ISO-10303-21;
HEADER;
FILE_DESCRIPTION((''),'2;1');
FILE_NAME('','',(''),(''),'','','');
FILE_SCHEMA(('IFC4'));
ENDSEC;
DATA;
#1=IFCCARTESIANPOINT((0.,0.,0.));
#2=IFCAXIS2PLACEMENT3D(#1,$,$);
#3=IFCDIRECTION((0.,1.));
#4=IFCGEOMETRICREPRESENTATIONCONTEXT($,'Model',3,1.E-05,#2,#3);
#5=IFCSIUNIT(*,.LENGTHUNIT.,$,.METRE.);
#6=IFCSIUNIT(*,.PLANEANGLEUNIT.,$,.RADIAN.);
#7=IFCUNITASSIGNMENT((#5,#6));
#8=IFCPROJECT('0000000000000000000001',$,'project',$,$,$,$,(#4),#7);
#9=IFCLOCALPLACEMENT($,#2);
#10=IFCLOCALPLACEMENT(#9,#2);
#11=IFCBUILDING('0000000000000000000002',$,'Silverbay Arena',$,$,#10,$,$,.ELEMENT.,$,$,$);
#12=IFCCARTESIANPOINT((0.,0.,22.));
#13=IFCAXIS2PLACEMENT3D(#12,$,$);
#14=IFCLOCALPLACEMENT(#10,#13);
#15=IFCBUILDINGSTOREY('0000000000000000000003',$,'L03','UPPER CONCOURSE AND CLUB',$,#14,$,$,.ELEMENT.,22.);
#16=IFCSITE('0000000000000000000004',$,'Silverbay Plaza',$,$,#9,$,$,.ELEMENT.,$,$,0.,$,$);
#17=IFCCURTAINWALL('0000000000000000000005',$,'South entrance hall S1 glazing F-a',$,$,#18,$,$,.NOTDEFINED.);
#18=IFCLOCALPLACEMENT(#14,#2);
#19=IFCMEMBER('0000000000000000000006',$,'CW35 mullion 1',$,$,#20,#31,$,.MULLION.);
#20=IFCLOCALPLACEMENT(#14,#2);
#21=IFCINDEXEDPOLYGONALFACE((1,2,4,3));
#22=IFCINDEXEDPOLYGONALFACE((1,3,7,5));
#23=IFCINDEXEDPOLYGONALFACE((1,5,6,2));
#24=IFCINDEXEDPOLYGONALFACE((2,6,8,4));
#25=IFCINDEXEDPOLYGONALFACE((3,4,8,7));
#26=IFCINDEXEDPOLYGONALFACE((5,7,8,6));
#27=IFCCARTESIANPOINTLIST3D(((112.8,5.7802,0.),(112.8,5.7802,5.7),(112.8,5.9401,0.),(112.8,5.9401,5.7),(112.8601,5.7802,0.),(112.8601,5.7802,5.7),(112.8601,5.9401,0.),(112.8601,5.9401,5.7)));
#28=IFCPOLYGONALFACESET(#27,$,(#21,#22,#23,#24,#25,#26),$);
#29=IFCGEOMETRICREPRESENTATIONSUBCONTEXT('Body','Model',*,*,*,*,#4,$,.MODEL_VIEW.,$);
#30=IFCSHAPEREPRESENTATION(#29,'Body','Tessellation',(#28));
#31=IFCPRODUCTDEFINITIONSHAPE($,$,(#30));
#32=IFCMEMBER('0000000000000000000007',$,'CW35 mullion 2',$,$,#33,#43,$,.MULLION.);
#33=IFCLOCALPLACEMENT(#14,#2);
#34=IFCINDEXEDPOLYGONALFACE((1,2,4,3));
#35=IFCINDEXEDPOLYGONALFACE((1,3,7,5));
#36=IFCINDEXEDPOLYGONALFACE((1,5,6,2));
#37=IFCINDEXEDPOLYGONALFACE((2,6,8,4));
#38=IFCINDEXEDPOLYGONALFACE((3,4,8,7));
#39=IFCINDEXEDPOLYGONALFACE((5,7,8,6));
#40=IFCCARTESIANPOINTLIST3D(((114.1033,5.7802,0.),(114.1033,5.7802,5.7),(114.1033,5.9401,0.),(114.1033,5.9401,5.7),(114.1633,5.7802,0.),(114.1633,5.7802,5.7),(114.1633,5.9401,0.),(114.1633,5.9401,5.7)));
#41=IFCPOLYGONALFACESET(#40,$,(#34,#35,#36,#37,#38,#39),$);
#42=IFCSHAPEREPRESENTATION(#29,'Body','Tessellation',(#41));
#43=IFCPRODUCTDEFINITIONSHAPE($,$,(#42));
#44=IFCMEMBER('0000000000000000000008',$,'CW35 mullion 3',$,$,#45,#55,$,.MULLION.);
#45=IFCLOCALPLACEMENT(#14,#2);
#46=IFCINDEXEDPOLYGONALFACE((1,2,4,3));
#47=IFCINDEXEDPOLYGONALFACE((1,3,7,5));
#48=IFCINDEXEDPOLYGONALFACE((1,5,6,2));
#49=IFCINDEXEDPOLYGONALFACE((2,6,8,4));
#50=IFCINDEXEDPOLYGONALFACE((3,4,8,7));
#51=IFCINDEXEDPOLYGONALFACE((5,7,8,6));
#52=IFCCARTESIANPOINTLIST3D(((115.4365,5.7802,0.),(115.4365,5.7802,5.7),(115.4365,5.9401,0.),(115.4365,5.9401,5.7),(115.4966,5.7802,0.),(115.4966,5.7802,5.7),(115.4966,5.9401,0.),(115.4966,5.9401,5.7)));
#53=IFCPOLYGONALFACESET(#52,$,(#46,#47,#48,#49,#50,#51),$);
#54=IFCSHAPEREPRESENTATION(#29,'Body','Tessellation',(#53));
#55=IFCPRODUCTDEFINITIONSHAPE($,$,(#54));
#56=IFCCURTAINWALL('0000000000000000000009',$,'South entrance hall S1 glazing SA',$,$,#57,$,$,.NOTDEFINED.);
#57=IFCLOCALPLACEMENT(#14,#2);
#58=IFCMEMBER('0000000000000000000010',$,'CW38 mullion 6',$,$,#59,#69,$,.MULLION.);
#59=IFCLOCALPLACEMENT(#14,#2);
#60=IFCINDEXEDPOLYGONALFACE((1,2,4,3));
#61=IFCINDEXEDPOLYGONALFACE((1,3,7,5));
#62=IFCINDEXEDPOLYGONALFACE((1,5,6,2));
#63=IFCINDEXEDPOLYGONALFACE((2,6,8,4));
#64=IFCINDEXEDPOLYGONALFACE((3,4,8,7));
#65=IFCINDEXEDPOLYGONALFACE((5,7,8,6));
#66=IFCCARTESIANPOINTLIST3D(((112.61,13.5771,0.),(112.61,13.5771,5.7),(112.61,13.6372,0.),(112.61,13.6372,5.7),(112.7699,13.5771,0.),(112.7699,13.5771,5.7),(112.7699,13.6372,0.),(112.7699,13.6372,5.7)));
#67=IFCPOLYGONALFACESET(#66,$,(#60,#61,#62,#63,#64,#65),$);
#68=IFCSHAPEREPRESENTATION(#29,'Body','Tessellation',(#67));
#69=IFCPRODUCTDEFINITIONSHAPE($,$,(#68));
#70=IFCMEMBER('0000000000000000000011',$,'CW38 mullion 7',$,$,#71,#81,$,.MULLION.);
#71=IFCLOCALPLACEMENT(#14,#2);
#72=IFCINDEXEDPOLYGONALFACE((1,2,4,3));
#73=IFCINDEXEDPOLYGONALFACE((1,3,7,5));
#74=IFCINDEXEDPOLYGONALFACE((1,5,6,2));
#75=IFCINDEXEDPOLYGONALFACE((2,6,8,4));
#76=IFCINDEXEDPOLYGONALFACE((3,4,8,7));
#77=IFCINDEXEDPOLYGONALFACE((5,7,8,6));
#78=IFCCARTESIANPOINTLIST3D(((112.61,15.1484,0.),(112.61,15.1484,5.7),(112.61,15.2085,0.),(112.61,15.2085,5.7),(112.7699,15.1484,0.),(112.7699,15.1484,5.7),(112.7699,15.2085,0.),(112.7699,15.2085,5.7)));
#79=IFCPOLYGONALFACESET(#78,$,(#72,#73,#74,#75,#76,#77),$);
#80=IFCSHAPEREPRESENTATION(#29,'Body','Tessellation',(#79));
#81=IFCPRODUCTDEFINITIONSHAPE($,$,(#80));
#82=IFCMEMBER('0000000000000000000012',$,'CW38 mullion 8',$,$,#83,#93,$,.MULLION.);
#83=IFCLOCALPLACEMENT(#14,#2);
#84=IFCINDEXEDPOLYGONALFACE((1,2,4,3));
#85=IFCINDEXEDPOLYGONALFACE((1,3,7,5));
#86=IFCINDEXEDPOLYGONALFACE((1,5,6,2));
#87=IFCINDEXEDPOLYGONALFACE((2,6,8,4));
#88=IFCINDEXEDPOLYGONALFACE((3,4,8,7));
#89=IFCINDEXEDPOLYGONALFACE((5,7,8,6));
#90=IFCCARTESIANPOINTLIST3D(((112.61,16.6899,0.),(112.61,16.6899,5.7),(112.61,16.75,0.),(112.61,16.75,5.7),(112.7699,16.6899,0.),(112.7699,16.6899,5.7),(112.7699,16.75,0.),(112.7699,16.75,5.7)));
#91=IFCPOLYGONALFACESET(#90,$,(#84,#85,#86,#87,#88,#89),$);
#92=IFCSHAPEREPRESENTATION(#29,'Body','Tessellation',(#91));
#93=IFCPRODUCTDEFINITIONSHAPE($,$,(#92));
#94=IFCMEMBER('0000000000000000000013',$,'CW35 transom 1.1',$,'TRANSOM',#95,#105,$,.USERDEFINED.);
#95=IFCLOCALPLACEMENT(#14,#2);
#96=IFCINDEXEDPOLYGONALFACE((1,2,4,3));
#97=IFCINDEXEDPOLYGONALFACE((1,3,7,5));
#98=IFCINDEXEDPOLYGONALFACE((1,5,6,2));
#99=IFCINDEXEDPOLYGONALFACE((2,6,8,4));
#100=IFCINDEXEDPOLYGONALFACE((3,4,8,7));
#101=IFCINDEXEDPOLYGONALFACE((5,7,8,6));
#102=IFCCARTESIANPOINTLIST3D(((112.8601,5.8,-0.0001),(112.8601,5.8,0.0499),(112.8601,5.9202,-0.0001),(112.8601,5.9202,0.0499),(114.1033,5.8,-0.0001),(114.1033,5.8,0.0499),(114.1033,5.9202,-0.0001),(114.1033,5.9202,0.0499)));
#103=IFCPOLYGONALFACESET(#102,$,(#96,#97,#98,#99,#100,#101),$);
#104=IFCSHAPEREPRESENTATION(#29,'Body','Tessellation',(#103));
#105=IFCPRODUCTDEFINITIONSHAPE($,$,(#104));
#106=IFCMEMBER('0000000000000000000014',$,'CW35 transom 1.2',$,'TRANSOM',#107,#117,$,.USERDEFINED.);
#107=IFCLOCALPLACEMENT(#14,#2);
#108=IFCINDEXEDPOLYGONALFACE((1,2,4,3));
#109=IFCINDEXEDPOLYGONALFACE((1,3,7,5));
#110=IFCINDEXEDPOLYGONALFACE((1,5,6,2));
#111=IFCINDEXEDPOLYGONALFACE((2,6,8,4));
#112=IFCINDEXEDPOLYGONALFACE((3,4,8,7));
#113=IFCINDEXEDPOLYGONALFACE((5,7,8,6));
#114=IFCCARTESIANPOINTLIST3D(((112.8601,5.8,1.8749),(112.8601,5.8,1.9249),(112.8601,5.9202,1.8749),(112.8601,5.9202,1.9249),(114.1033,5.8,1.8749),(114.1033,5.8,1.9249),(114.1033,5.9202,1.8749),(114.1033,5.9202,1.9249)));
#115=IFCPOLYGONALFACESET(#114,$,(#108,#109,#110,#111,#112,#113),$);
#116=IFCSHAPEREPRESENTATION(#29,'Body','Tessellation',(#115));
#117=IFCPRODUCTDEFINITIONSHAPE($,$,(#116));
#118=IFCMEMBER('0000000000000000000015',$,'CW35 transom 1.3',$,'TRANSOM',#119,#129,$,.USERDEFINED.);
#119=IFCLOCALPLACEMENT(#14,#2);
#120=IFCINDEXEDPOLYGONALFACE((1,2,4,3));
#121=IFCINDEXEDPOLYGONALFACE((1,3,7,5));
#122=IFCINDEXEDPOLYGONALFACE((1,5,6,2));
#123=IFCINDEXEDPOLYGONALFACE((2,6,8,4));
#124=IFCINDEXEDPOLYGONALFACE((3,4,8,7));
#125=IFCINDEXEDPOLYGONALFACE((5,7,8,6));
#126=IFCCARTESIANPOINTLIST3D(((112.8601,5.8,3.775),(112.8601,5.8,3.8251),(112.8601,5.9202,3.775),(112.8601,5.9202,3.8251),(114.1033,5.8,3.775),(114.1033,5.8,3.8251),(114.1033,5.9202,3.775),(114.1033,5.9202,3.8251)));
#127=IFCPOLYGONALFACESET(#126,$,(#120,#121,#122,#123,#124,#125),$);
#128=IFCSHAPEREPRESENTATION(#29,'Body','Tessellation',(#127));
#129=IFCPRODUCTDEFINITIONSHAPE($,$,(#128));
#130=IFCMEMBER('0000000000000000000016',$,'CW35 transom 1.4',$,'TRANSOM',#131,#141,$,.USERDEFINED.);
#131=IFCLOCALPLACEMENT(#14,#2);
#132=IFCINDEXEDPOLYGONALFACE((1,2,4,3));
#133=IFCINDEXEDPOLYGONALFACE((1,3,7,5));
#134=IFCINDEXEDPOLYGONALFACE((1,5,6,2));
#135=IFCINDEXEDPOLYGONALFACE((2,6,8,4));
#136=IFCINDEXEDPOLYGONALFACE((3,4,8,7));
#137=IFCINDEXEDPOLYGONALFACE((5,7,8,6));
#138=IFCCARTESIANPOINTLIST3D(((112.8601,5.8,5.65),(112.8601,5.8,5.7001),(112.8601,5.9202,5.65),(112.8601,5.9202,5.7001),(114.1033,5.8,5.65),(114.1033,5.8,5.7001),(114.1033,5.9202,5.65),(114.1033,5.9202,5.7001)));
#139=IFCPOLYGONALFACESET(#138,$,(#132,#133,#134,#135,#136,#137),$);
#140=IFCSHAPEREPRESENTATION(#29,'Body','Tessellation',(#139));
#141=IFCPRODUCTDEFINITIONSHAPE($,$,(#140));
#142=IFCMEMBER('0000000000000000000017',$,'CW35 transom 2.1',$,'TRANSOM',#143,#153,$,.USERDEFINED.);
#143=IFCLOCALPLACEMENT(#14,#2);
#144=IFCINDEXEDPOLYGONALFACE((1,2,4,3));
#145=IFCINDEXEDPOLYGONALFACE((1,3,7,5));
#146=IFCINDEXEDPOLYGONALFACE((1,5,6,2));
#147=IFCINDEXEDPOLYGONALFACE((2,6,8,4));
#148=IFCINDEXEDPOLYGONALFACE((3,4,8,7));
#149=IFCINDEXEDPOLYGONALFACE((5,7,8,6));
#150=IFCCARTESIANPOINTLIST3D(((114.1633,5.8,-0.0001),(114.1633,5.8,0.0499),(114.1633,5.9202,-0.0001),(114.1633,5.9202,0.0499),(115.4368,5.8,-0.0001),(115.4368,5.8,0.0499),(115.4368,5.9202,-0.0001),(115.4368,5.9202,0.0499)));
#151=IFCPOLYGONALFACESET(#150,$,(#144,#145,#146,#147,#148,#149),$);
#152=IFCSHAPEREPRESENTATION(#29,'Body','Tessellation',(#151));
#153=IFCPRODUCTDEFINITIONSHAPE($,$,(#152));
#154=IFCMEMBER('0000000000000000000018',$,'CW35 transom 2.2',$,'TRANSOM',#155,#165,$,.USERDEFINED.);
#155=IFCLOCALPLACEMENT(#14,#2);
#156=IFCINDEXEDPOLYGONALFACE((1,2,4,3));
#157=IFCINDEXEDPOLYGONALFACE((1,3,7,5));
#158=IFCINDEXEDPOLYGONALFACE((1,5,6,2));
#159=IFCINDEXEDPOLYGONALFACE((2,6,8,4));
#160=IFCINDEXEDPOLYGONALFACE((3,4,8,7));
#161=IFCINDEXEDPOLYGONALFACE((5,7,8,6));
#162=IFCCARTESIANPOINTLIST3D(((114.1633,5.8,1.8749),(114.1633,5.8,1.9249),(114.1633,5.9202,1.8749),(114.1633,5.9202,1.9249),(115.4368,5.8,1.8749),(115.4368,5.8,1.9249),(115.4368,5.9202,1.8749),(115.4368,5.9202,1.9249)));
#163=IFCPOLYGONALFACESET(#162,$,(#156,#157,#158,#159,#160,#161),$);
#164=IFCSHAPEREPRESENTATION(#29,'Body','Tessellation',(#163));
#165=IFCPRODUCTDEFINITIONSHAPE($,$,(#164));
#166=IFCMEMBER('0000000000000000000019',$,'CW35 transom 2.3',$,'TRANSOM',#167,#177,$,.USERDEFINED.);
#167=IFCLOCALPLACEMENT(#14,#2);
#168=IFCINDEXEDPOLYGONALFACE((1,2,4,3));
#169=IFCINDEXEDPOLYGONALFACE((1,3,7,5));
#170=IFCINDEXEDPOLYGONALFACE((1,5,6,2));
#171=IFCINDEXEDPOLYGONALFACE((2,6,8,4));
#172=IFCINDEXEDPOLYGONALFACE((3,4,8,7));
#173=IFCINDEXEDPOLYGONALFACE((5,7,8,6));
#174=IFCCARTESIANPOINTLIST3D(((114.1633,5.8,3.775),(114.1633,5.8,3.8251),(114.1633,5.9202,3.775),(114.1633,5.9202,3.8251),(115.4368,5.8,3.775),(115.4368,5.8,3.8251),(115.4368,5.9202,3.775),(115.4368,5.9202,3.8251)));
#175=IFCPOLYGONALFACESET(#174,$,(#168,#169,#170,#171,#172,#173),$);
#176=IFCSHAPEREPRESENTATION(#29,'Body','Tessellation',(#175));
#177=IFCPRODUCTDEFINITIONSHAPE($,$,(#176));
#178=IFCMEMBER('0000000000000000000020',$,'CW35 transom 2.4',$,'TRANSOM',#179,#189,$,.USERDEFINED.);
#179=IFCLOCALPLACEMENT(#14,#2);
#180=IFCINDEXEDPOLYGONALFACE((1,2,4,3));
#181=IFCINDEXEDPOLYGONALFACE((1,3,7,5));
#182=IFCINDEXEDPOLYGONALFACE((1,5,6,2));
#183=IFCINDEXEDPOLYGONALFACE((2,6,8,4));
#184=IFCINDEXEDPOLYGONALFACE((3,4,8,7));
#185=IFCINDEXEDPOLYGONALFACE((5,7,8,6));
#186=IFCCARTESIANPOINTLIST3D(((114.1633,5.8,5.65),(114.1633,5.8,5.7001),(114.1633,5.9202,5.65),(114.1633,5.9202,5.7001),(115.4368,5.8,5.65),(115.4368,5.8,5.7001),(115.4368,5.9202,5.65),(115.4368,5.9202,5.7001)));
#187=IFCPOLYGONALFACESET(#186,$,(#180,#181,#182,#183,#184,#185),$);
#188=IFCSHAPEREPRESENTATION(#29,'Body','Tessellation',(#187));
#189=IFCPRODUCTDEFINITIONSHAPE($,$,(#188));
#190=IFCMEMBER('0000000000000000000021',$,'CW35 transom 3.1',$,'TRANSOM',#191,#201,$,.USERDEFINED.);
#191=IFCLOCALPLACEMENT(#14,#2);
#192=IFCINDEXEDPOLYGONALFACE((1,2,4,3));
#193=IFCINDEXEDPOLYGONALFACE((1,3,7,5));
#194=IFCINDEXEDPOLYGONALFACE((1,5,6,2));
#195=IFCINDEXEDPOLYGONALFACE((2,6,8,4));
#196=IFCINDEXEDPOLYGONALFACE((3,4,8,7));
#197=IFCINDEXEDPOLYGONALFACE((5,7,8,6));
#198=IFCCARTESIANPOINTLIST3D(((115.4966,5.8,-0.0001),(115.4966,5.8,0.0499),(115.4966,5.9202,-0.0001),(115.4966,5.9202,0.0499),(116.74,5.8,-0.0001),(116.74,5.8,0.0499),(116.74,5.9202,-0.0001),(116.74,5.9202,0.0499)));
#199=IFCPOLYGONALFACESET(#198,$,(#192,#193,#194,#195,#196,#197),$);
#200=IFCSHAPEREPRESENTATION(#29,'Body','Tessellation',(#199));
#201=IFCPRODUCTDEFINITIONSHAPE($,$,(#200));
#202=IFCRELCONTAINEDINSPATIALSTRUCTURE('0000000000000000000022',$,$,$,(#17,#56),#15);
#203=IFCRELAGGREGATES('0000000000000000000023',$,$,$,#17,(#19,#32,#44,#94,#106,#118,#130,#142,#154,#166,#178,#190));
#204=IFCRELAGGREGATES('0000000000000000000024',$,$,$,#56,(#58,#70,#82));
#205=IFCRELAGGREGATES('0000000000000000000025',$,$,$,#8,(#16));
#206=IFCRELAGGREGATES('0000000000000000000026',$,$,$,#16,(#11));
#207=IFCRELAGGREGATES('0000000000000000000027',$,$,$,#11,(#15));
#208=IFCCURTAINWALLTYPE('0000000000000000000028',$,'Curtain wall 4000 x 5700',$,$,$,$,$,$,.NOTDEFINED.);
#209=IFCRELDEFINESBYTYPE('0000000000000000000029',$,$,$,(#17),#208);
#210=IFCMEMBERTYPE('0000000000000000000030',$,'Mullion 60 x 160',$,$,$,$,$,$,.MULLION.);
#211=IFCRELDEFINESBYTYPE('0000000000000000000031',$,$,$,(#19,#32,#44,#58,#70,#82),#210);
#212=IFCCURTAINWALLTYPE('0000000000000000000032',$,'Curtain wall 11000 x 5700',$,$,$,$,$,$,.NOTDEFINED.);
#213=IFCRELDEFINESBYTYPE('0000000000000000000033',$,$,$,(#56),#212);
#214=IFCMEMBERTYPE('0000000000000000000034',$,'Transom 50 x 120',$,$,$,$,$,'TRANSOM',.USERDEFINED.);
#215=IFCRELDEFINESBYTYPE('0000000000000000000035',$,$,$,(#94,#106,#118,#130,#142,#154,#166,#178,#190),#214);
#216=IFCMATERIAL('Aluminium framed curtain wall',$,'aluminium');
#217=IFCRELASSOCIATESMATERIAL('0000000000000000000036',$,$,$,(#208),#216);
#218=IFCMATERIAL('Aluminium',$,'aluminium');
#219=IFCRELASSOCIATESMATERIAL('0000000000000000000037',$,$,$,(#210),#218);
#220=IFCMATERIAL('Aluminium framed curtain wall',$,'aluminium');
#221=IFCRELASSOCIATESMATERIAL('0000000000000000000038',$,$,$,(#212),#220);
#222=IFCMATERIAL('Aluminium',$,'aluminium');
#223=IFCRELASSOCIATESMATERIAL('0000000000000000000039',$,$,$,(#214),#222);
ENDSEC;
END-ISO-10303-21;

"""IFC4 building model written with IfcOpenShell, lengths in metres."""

from ifc_helpers import new_model, si_unit, direction, frame, origin, origin_2d, place, context, subcontext, project, spatial, rectangle, extrude, material, material_profile, profile_set, type_object, element, aggregate, save


model = new_model("IFC4")

# Units and contexts
model_context = context("Model", 3, precision=1e-05, world=origin(), true_north=direction((0.0, 1.0)))
body_context = subcontext(model_context, "Body", "Model", "MODEL_VIEW")
ifc_project = project(units=[si_unit("LENGTHUNIT", "METRE"), si_unit("PLANEANGLEUNIT", "RADIAN")], contexts=[model_context])

# Site, building, storey
site_placement = place(None, origin())
site = spatial("IfcSite", under=ifc_project, at=site_placement, Name="Silverbay Plaza", CompositionType="ELEMENT", RefElevation=0.0)
building_placement = place(site_placement, origin())
building = spatial("IfcBuilding", under=site, at=building_placement, Name="Silverbay Arena", CompositionType="ELEMENT")
storey_placement = place(building_placement, frame((0.0, 0.0, 22.0)))
storey = spatial("IfcBuildingStorey", under=building, at=storey_placement, Name="L03", Description="UPPER CONCOURSE AND CLUB", CompositionType="ELEMENT", Elevation=22.0)

# Curtain walls, members
ifc_material_1 = material(Name="Aluminium framed curtain wall", Category="aluminium")
curtain_wall_type_1 = type_object("IfcCurtainWallType", Name="Curtain wall 4000 x 5700", PredefinedType="NOTDEFINED", material=ifc_material_1)
curtain_wall_1_placement = place(storey_placement, origin())
curtain_wall_1 = element("IfcCurtainWall", 1, at=curtain_wall_1_placement, inside=storey, type_object=curtain_wall_type_1, Name="South entrance hall S1 glazing F-a", PredefinedType="NOTDEFINED")
ifc_material_2 = material(Name="Aluminium", Category="aluminium")
ifc_material_profile_1 = material_profile(ifc_material_2, rectangle(XDim=0.1599, YDim=0.0601, at=origin_2d()), Name="Mullion 60 x 160")
ifc_profile_set_1 = profile_set([ifc_material_profile_1], Name="Aluminium")
member_type_1 = type_object("IfcMemberType", Name="Mullion 60 x 160", PredefinedType="MULLION", material=ifc_profile_set_1)
member_1_placement = place(storey_placement, frame((112.8301, 5.8601, 0.0), z_axis=(0.0, 0.0, 1.0), x_axis=(0.0, 1.0, 0.0)))
member_1 = element("IfcMember", 2, at=member_1_placement, type_object=member_type_1, Name="CW35 mullion 1", PredefinedType="MULLION", context=body_context, shape_type="SweptSolid", body=[
    extrude(rectangle(XDim=0.1599, YDim=0.0601, at=origin_2d()), origin(), (0.0, 0.0, 1.0), 5.7),
])
member_2_placement = place(storey_placement, frame((114.1333, 5.8601, 0.0), z_axis=(0.0, 0.0, 1.0), x_axis=(0.0, 1.0, 0.0)))
member_2 = element("IfcMember", 3, at=member_2_placement, type_object=member_type_1, Name="CW35 mullion 2", PredefinedType="MULLION", context=body_context, shape_type="SweptSolid", body=[
    extrude(rectangle(XDim=0.1599, YDim=0.0601, at=origin_2d()), origin(), (0.0, 0.0, 1.0), 5.7),
])
member_3_placement = place(storey_placement, frame((115.4666, 5.8601, 0.0), z_axis=(0.0, 0.0, 1.0), x_axis=(0.0, 1.0, 0.0)))
member_3 = element("IfcMember", 4, at=member_3_placement, type_object=member_type_1, Name="CW35 mullion 3", PredefinedType="MULLION", context=body_context, shape_type="SweptSolid", body=[
    extrude(rectangle(XDim=0.1599, YDim=0.0601, at=origin_2d()), origin(), (0.0, 0.0, 1.0), 5.7),
])
ifc_material_3 = material(Name="Aluminium framed curtain wall", Category="aluminium")
curtain_wall_type_2 = type_object("IfcCurtainWallType", Name="Curtain wall 11000 x 5700", PredefinedType="NOTDEFINED", material=ifc_material_3)
curtain_wall_2_placement = place(storey_placement, origin())
curtain_wall_2 = element("IfcCurtainWall", 5, at=curtain_wall_2_placement, inside=storey, type_object=curtain_wall_type_2, Name="South entrance hall S1 glazing SA", PredefinedType="NOTDEFINED")
member_4_placement = place(storey_placement, frame((112.6899, 13.6072, 0.0), z_axis=(0.0, 0.0, 1.0), x_axis=(-1.0, 0.0, 0.0)))
member_4 = element("IfcMember", 6, at=member_4_placement, type_object=member_type_1, Name="CW38 mullion 6", PredefinedType="MULLION", context=body_context, shape_type="SweptSolid", body=[
    extrude(rectangle(XDim=0.1599, YDim=0.0601, at=origin_2d()), origin(), (0.0, 0.0, 1.0), 5.7),
])
member_5_placement = place(storey_placement, frame((112.6899, 15.1785, 0.0), z_axis=(0.0, 0.0, 1.0), x_axis=(-1.0, 0.0, 0.0)))
member_5 = element("IfcMember", 7, at=member_5_placement, type_object=member_type_1, Name="CW38 mullion 7", PredefinedType="MULLION", context=body_context, shape_type="SweptSolid", body=[
    extrude(rectangle(XDim=0.1599, YDim=0.0601, at=origin_2d()), origin(), (0.0, 0.0, 1.0), 5.7),
])
member_6_placement = place(storey_placement, frame((112.6899, 16.72, 0.0), z_axis=(0.0, 0.0, 1.0), x_axis=(-1.0, 0.0, 0.0)))
member_6 = element("IfcMember", 8, at=member_6_placement, type_object=member_type_1, Name="CW38 mullion 8", PredefinedType="MULLION", context=body_context, shape_type="SweptSolid", body=[
    extrude(rectangle(XDim=0.1599, YDim=0.0601, at=origin_2d()), origin(), (0.0, 0.0, 1.0), 5.7),
])

# Members
ifc_material_4 = material(Name="Aluminium", Category="aluminium")
ifc_material_profile_2 = material_profile(ifc_material_4, rectangle(XDim=0.1201, YDim=0.05, at=origin_2d()), Name="Transom 50 x 120")
ifc_profile_set_2 = profile_set([ifc_material_profile_2], Name="Aluminium")
member_type_2 = type_object("IfcMemberType", Name="Transom 50 x 120", ElementType="TRANSOM", PredefinedType="USERDEFINED", material=ifc_profile_set_2)
member_7_placement = place(storey_placement, frame((112.8601, 5.8601, 0.0249), z_axis=(1.0, 0.0, 0.0), x_axis=(0.0, 1.0, 0.0)))
member_7 = element("IfcMember", 9, at=member_7_placement, type_object=member_type_2, Name="CW35 transom 1.1", ObjectType="TRANSOM", PredefinedType="USERDEFINED", context=body_context, shape_type="SweptSolid", body=[
    extrude(rectangle(XDim=0.1201, YDim=0.05, at=origin_2d()), origin(), (0.0, 0.0, 1.0), 1.2432),
])
member_8_placement = place(storey_placement, frame((112.8601, 5.8601, 1.8999), z_axis=(1.0, 0.0, 0.0), x_axis=(0.0, 1.0, 0.0)))
member_8 = element("IfcMember", 10, at=member_8_placement, type_object=member_type_2, Name="CW35 transom 1.2", ObjectType="TRANSOM", PredefinedType="USERDEFINED", context=body_context, shape_type="SweptSolid", body=[
    extrude(rectangle(XDim=0.1201, YDim=0.05, at=origin_2d()), origin(), (0.0, 0.0, 1.0), 1.2432),
])
member_9_placement = place(storey_placement, frame((112.8601, 5.8601, 3.8), z_axis=(1.0, 0.0, 0.0), x_axis=(0.0, 1.0, 0.0)))
member_9 = element("IfcMember", 11, at=member_9_placement, type_object=member_type_2, Name="CW35 transom 1.3", ObjectType="TRANSOM", PredefinedType="USERDEFINED", context=body_context, shape_type="SweptSolid", body=[
    extrude(rectangle(XDim=0.1201, YDim=0.05, at=origin_2d()), origin(), (0.0, 0.0, 1.0), 1.2432),
])
member_10_placement = place(storey_placement, frame((112.8601, 5.8601, 5.675), z_axis=(1.0, 0.0, 0.0), x_axis=(0.0, 1.0, 0.0)))
member_10 = element("IfcMember", 12, at=member_10_placement, type_object=member_type_2, Name="CW35 transom 1.4", ObjectType="TRANSOM", PredefinedType="USERDEFINED", context=body_context, shape_type="SweptSolid", body=[
    extrude(rectangle(XDim=0.1201, YDim=0.05, at=origin_2d()), origin(), (0.0, 0.0, 1.0), 1.2432),
])
member_11_placement = place(storey_placement, frame((114.1633, 5.8601, 0.0249), z_axis=(1.0, 0.0, 0.0), x_axis=(0.0, 1.0, 0.0)))
member_11 = element("IfcMember", 13, at=member_11_placement, type_object=member_type_2, Name="CW35 transom 2.1", ObjectType="TRANSOM", PredefinedType="USERDEFINED", context=body_context, shape_type="SweptSolid", body=[
    extrude(rectangle(XDim=0.1201, YDim=0.05, at=origin_2d()), origin(), (0.0, 0.0, 1.0), 1.2734),
])
member_12_placement = place(storey_placement, frame((114.1633, 5.8601, 1.8999), z_axis=(1.0, 0.0, 0.0), x_axis=(0.0, 1.0, 0.0)))
member_12 = element("IfcMember", 14, at=member_12_placement, type_object=member_type_2, Name="CW35 transom 2.2", ObjectType="TRANSOM", PredefinedType="USERDEFINED", context=body_context, shape_type="SweptSolid", body=[
    extrude(rectangle(XDim=0.1201, YDim=0.05, at=origin_2d()), origin(), (0.0, 0.0, 1.0), 1.2734),
])
member_13_placement = place(storey_placement, frame((114.1633, 5.8601, 3.8), z_axis=(1.0, 0.0, 0.0), x_axis=(0.0, 1.0, 0.0)))
member_13 = element("IfcMember", 15, at=member_13_placement, type_object=member_type_2, Name="CW35 transom 2.3", ObjectType="TRANSOM", PredefinedType="USERDEFINED", context=body_context, shape_type="SweptSolid", body=[
    extrude(rectangle(XDim=0.1201, YDim=0.05, at=origin_2d()), origin(), (0.0, 0.0, 1.0), 1.2734),
])
member_14_placement = place(storey_placement, frame((114.1633, 5.8601, 5.675), z_axis=(1.0, 0.0, 0.0), x_axis=(0.0, 1.0, 0.0)))
member_14 = element("IfcMember", 16, at=member_14_placement, type_object=member_type_2, Name="CW35 transom 2.4", ObjectType="TRANSOM", PredefinedType="USERDEFINED", context=body_context, shape_type="SweptSolid", body=[
    extrude(rectangle(XDim=0.1201, YDim=0.05, at=origin_2d()), origin(), (0.0, 0.0, 1.0), 1.2734),
])
member_15_placement = place(storey_placement, frame((115.4966, 5.8601, 0.0249), z_axis=(1.0, 0.0, 0.0), x_axis=(0.0, 1.0, 0.0)))
member_15 = element("IfcMember", 17, at=member_15_placement, type_object=member_type_2, Name="CW35 transom 3.1", ObjectType="TRANSOM", PredefinedType="USERDEFINED", context=body_context, shape_type="SweptSolid", body=[
    extrude(rectangle(XDim=0.1201, YDim=0.05, at=origin_2d()), origin(), (0.0, 0.0, 1.0), 1.2434),
])

aggregate(curtain_wall_1, [member_1, member_2, member_3, member_7, member_8, member_9, member_10, member_11, member_12, member_13, member_14, member_15])
aggregate(curtain_wall_2, [member_4, member_5, member_6])

save(model, "model.ifc")
